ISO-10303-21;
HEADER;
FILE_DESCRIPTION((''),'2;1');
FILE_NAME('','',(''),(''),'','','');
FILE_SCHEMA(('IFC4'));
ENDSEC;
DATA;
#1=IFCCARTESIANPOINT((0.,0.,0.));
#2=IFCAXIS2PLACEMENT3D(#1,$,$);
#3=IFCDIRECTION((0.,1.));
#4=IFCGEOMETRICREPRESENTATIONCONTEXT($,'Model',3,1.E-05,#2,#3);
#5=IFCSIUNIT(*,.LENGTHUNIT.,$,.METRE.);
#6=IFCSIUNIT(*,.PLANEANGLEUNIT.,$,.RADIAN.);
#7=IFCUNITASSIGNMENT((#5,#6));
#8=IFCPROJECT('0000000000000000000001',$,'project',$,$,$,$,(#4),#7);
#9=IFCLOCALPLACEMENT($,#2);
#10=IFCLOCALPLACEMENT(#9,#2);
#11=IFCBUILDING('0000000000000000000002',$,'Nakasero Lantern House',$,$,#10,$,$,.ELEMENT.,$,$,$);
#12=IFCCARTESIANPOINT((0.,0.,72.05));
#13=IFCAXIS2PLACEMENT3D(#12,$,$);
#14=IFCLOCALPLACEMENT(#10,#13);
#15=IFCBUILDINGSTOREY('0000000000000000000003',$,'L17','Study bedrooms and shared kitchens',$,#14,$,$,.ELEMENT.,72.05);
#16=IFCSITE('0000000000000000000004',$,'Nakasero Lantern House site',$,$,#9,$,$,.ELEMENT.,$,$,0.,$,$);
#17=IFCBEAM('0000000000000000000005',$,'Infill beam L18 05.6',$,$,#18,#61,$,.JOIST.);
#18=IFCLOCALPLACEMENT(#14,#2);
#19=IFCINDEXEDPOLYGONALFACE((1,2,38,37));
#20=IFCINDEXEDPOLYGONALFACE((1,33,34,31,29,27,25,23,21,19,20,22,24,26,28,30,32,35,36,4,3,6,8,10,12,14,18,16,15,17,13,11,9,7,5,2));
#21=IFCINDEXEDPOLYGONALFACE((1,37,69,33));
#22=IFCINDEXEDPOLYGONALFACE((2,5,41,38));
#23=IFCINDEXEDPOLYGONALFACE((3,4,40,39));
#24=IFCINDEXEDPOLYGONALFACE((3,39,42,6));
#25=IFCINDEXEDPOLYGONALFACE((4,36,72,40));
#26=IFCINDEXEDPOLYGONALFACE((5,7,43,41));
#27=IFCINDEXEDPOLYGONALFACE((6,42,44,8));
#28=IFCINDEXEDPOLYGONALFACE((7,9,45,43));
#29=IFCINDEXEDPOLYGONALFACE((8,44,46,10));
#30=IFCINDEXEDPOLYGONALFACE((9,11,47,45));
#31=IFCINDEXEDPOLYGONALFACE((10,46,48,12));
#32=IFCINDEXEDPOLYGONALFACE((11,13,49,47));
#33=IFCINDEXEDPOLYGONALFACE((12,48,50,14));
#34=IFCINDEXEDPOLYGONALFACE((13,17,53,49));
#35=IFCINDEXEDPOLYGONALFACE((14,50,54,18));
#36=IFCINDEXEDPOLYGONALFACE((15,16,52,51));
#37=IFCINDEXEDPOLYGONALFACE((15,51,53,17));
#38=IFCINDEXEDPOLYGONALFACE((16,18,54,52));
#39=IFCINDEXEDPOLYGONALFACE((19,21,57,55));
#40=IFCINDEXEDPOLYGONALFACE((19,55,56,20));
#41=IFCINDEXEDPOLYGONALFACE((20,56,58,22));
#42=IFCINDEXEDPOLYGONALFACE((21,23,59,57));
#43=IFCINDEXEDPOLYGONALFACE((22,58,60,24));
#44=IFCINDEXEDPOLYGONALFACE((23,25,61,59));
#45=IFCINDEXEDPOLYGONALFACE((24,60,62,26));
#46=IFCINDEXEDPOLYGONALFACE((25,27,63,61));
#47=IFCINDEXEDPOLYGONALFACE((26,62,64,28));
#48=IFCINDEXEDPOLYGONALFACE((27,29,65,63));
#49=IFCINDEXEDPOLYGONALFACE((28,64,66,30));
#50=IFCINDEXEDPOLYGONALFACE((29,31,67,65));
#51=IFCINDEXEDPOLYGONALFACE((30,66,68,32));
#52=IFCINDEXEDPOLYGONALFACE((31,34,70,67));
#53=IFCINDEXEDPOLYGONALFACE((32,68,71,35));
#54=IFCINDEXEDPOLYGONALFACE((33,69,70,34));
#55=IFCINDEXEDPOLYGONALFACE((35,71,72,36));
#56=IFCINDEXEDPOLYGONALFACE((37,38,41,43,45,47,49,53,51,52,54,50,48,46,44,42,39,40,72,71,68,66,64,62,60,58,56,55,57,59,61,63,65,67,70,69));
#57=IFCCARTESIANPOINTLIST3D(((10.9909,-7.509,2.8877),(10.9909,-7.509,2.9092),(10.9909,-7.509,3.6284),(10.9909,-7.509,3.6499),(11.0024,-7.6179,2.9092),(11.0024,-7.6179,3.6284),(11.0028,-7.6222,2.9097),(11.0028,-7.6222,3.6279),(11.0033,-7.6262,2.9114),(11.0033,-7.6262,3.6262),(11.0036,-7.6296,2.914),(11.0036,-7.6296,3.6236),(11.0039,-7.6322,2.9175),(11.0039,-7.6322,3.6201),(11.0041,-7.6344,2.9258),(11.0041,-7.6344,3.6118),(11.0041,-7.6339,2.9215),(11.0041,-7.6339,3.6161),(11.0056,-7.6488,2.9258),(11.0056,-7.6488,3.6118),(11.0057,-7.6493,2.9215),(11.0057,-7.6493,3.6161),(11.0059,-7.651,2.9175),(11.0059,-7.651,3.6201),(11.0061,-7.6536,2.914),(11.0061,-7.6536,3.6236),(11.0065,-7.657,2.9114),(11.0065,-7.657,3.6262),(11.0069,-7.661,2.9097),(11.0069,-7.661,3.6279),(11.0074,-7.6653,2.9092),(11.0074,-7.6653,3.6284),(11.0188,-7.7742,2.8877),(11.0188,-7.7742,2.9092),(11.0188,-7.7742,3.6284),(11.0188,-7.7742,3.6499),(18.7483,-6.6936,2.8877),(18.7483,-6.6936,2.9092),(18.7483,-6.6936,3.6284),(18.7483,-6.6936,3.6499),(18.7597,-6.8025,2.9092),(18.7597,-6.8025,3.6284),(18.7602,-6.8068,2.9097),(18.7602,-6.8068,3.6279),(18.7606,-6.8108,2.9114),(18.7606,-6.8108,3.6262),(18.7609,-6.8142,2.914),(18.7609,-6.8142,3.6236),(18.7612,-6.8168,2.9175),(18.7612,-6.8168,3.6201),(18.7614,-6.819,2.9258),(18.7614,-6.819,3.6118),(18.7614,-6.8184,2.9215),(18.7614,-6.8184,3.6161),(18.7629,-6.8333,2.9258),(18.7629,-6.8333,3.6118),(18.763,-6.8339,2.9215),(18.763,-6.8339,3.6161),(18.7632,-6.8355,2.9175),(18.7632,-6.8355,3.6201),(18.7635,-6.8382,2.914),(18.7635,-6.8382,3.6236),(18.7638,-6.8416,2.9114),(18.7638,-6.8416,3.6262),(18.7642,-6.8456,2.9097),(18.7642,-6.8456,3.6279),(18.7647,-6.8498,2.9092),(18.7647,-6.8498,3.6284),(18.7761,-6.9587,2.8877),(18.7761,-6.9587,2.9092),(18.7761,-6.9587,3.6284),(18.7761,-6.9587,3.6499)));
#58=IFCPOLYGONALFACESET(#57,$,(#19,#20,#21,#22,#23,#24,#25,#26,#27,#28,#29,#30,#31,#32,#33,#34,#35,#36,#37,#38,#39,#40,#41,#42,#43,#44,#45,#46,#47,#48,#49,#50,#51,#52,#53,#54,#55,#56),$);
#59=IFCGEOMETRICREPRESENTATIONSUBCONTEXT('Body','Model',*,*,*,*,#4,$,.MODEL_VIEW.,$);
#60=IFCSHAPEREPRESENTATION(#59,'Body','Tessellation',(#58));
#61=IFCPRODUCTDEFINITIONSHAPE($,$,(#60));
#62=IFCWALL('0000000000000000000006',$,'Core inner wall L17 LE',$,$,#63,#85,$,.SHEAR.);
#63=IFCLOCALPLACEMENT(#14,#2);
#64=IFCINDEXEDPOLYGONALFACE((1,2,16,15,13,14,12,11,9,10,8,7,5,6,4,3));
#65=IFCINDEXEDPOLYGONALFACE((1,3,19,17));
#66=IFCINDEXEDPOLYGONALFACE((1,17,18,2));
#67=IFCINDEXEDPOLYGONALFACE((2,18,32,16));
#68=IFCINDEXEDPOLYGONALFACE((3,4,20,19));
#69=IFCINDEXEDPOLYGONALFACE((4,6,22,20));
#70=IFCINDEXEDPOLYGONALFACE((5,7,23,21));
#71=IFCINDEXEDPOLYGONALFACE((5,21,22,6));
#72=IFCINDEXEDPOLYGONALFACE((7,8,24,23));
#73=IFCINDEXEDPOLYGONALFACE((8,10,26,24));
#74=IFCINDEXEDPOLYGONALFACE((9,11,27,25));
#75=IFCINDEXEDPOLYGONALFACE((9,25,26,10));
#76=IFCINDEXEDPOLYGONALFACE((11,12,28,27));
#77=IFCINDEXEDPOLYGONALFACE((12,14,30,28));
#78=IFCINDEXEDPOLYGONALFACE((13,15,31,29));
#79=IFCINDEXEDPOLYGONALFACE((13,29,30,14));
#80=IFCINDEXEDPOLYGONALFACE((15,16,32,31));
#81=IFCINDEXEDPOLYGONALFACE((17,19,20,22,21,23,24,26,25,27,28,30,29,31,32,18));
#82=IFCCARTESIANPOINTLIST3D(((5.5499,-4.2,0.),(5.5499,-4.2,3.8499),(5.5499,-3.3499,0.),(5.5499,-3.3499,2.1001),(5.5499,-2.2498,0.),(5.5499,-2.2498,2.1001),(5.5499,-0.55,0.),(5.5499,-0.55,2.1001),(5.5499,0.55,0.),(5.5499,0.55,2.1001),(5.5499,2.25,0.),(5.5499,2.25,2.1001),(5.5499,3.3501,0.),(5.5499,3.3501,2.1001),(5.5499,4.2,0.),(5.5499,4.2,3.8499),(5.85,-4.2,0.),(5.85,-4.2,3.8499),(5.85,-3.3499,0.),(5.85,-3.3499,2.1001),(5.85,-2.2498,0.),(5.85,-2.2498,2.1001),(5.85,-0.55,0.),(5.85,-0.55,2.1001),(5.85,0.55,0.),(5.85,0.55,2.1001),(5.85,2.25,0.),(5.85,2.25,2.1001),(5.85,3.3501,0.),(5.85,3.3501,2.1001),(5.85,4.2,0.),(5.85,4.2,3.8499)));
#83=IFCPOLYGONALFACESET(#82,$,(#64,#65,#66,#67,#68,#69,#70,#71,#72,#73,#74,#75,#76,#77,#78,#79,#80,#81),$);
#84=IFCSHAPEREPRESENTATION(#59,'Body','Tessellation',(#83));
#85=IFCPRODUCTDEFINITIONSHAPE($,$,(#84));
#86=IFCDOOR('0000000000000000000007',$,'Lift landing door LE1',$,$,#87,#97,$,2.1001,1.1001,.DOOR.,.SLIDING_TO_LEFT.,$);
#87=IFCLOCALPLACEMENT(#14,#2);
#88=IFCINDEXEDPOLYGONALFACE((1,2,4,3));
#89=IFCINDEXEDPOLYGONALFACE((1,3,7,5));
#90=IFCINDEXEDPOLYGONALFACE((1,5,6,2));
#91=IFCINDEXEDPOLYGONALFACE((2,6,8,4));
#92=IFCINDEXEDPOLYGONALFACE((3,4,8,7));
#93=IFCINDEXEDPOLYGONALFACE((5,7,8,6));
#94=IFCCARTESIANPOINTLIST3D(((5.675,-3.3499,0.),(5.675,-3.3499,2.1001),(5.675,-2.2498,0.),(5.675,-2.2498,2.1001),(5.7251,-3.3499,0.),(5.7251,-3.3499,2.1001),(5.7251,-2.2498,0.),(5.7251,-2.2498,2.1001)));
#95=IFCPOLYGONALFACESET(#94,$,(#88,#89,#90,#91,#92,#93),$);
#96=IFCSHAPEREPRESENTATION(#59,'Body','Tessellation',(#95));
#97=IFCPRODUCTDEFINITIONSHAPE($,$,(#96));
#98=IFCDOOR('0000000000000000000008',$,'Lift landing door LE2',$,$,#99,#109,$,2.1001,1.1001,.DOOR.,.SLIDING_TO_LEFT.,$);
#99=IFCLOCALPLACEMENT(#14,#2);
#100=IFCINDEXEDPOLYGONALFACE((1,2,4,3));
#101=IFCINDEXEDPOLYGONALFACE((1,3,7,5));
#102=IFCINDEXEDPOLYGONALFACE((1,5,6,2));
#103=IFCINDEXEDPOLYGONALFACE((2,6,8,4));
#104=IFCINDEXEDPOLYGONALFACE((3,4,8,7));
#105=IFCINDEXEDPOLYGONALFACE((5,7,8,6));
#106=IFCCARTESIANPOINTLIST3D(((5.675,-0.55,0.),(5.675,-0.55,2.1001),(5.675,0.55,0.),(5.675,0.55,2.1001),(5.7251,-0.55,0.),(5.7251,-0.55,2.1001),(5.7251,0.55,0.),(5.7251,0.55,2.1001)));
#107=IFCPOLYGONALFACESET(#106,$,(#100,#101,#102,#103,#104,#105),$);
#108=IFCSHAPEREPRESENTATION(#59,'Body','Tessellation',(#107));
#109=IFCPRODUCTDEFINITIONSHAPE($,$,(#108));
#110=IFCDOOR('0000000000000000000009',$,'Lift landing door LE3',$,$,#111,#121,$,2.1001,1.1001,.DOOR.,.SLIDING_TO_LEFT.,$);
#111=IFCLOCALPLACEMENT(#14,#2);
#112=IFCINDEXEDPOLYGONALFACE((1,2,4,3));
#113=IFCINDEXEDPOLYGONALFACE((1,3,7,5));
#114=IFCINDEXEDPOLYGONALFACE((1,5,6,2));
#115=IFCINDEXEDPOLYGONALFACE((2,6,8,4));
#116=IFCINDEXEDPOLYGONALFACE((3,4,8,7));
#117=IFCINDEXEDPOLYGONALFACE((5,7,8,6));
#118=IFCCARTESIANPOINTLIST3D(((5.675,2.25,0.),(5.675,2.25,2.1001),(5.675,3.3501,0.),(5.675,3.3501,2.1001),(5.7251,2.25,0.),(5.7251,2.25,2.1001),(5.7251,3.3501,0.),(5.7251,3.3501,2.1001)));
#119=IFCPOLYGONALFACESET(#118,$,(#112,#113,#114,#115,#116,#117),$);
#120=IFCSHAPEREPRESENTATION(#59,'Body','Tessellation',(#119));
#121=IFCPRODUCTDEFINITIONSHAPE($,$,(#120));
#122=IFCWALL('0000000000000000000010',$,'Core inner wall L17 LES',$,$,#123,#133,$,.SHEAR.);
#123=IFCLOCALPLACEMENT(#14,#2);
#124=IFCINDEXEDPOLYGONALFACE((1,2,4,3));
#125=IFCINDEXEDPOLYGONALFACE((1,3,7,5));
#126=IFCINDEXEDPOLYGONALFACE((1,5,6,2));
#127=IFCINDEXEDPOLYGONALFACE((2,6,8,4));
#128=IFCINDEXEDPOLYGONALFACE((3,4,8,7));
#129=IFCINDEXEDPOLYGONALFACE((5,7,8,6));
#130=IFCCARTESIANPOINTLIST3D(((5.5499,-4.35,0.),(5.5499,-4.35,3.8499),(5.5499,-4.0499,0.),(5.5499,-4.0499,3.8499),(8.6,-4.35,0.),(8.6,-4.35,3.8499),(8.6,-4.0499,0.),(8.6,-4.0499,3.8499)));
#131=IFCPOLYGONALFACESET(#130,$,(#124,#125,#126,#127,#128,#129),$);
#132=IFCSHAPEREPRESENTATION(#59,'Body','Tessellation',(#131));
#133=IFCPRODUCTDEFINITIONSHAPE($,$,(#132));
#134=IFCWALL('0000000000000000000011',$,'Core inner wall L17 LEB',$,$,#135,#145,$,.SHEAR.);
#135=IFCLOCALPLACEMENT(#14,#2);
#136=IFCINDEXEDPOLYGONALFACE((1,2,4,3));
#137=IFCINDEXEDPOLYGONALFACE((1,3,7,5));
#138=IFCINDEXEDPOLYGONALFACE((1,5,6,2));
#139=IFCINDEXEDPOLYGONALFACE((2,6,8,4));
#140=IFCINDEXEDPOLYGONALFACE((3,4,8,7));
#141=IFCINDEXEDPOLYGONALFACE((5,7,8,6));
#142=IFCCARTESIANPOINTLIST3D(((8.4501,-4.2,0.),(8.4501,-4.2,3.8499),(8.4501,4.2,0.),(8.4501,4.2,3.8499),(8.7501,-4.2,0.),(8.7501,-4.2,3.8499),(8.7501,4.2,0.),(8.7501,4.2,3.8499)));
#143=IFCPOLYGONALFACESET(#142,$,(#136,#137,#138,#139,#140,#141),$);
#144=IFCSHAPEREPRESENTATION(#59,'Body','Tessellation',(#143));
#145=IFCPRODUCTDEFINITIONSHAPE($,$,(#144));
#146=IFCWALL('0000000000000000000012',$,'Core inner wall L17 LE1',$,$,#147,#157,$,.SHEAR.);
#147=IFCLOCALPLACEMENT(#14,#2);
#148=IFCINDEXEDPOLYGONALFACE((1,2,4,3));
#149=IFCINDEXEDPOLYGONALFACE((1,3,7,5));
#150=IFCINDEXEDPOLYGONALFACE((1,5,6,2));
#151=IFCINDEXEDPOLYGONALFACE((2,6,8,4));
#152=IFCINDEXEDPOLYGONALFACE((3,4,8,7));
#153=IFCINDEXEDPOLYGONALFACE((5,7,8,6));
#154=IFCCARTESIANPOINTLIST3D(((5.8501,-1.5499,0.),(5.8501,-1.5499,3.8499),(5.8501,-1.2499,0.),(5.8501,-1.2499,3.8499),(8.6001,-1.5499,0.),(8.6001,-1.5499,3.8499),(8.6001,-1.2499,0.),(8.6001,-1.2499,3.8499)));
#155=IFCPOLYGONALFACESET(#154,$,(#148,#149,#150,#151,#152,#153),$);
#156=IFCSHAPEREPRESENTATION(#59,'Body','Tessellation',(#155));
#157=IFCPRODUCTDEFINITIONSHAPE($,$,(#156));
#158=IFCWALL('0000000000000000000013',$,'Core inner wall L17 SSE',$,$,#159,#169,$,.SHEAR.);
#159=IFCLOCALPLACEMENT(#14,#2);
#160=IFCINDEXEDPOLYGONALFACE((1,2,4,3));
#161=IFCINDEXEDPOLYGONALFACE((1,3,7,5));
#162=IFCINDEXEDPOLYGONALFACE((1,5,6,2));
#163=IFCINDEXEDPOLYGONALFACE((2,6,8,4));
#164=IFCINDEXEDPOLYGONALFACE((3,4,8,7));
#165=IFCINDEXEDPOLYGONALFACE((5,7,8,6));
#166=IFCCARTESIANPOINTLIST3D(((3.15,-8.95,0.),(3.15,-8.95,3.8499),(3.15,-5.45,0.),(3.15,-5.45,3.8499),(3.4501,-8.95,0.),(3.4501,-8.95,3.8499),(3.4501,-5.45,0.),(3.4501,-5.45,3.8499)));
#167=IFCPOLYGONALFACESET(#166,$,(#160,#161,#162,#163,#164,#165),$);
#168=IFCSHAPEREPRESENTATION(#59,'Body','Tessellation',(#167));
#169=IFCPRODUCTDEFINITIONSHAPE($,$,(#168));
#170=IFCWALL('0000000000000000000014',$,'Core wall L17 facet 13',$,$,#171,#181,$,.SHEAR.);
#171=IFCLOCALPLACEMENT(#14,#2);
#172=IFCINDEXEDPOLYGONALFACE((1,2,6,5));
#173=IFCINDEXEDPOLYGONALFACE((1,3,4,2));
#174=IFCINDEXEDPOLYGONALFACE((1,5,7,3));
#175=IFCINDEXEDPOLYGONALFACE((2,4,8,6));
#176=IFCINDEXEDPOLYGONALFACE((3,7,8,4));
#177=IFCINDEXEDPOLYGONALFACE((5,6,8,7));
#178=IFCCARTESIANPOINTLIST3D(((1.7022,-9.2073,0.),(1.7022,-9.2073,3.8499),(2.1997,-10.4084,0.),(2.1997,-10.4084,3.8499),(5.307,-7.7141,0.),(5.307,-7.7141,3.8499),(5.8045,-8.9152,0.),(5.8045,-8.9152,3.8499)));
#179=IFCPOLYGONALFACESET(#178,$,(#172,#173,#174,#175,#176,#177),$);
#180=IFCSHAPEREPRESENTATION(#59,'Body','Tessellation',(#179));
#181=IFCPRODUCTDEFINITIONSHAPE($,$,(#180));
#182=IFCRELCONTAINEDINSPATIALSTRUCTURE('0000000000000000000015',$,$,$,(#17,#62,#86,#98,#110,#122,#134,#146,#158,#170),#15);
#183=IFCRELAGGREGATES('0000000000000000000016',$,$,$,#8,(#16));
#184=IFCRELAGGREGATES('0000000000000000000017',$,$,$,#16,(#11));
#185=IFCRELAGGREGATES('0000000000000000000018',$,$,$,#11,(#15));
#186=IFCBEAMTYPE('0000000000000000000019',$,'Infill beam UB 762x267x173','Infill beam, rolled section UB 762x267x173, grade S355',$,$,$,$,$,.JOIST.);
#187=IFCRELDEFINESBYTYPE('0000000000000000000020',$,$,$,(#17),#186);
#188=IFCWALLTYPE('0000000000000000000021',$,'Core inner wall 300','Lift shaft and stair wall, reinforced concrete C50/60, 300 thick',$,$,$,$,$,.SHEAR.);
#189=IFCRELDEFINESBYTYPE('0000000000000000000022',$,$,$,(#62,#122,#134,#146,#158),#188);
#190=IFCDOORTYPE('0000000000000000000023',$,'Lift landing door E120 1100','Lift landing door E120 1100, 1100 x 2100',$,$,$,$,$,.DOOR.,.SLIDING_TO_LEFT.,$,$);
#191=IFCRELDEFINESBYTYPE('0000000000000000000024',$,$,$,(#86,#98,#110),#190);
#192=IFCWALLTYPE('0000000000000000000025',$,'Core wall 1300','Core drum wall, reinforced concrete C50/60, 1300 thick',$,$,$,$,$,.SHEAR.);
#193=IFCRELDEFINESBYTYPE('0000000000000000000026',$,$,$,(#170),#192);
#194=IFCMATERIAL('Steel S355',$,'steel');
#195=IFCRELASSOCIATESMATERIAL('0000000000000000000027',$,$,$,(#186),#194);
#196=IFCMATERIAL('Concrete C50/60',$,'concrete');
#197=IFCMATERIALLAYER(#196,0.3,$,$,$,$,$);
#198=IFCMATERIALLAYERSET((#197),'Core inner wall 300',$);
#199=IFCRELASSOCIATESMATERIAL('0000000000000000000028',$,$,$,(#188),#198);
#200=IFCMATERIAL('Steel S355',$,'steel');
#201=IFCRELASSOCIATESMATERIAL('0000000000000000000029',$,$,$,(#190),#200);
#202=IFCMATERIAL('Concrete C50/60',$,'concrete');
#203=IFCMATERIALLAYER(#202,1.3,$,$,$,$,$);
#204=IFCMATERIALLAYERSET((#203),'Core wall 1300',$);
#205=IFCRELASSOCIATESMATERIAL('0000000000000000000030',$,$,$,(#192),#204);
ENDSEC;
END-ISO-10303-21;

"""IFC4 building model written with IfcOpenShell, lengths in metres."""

from ifc_helpers import new_model, si_unit, direction, frame, frame_2d, origin, origin_2d, place, context, subcontext, project, spatial, rectangle, i_section, extrude, material, layer, layer_set, material_profile, profile_set, type_object, element, fill, save


model = new_model("IFC4")

# Units and contexts
model_context = context("Model", 3, precision=1e-05, world=origin(), true_north=direction((0.0, 1.0)))
body_context = subcontext(model_context, "Body", "Model", "MODEL_VIEW")
ifc_project = project(units=[si_unit("LENGTHUNIT", "METRE"), si_unit("PLANEANGLEUNIT", "RADIAN")], contexts=[model_context])

# Site, building, storey
site_placement = place(None, origin())
site = spatial("IfcSite", under=ifc_project, at=site_placement, Name="Nakasero Lantern House site", CompositionType="ELEMENT", RefElevation=0.0)
building_placement = place(site_placement, origin())
building = spatial("IfcBuilding", under=site, at=building_placement, Name="Nakasero Lantern House", CompositionType="ELEMENT")
storey_placement = place(building_placement, frame((0.0, 0.0, 72.05)))
storey = spatial("IfcBuildingStorey", under=building, at=storey_placement, Name="L17", Description="Study bedrooms and shared kitchens", CompositionType="ELEMENT", Elevation=72.05)

# Beam
ifc_material_1 = material(Name="Steel S355", Category="steel")
ifc_material_profile_1 = material_profile(ifc_material_1, i_section(OverallWidth=0.2666, OverallDepth=0.7622, WebThickness=0.0144, FlangeThickness=0.0215, FilletRadius=0.0166, at=origin_2d()), Name="UB 762x267x173")
ifc_profile_set_1 = profile_set([ifc_material_profile_1], Name="Steel S355")
beam_type_1 = type_object("IfcBeamType", Name="Infill beam UB 762x267x173", Description="Infill beam, rolled section UB 762x267x173, grade S355", PredefinedType="JOIST", material=ifc_profile_set_1)
beam_1_placement = place(storey_placement, frame((11.0049, -7.6416, 3.2688), z_axis=(0.994521, 0.104541, 0.0), x_axis=(-0.104541, 0.994521, 0.0)))
element("IfcBeam", 1, at=beam_1_placement, inside=storey, type_object=beam_type_1, Name="Infill beam L18 05.6", PredefinedType="JOIST", context=body_context, shape_type="SweptSolid", body=[
    extrude(i_section(OverallWidth=0.2666, OverallDepth=0.7622, WebThickness=0.0144, FlangeThickness=0.0215, FilletRadius=0.0166, at=origin_2d()), origin(), (0.0, 0.0, 1.0), 7.8),
])

# Wall, openings, doors
ifc_material_2 = material(Name="Concrete C50/60", Category="concrete")
ifc_layer_1 = layer(ifc_material_2, 0.3)
ifc_layer_set_1 = layer_set([ifc_layer_1], Name="Core inner wall 300")
wall_type_1 = type_object("IfcWallType", Name="Core inner wall 300", Description="Lift shaft and stair wall, reinforced concrete C50/60, 300 thick", PredefinedType="SHEAR", material=ifc_layer_set_1)
wall_1_placement = place(storey_placement, frame((5.7, -4.2, 0.0), z_axis=(0.0, 0.0, 1.0), x_axis=(0.0, 1.0, 0.0)))
wall_1 = element("IfcWall", 2, at=wall_1_placement, inside=storey, type_object=wall_type_1, Name="Core inner wall L17 LE", PredefinedType="SHEAR", context=body_context, shape_type="SweptSolid", body=[
    extrude(rectangle(XDim=8.3999, YDim=0.3, at=frame_2d((4.2, 0.0))), origin(), (0.0, 0.0, 1.0), 3.8499),
])
opening_1_placement = place(wall_1_placement, frame((0.8501, 0.0, 0.0)))
opening_1 = element("IfcOpeningElement", 3, at=opening_1_placement, cuts=wall_1, PredefinedType="OPENING", context=body_context, shape_type="SweptSolid", body=[
    extrude(rectangle(XDim=1.1001, YDim=2.1001, at=frame_2d((0.55, 1.05))), frame((0.0, 0.1699, 0.0), z_axis=(0.0, -1.0, 0.0), x_axis=(1.0, 0.0, 0.0)), (0.0, 0.0, 1.0), 0.3401),
])
opening_2_placement = place(wall_1_placement, frame((3.6499, 0.0, 0.0)))
opening_2 = element("IfcOpeningElement", 4, at=opening_2_placement, cuts=wall_1, PredefinedType="OPENING", context=body_context, shape_type="SweptSolid", body=[
    extrude(rectangle(XDim=1.1001, YDim=2.1001, at=frame_2d((0.55, 1.05))), frame((0.0, 0.1699, 0.0), z_axis=(0.0, -1.0, 0.0), x_axis=(1.0, 0.0, 0.0)), (0.0, 0.0, 1.0), 0.3401),
])
opening_3_placement = place(wall_1_placement, frame((6.45, 0.0, 0.0)))
opening_3 = element("IfcOpeningElement", 5, at=opening_3_placement, cuts=wall_1, PredefinedType="OPENING", context=body_context, shape_type="SweptSolid", body=[
    extrude(rectangle(XDim=1.1001, YDim=2.1001, at=frame_2d((0.55, 1.05))), frame((0.0, 0.1699, 0.0), z_axis=(0.0, -1.0, 0.0), x_axis=(1.0, 0.0, 0.0)), (0.0, 0.0, 1.0), 0.3401),
])
ifc_material_3 = material(Name="Steel S355", Category="steel")
door_type_1 = type_object("IfcDoorType", Name="Lift landing door E120 1100", Description="Lift landing door E120 1100, 1100 x 2100", OperationType="SLIDING_TO_LEFT", PredefinedType="DOOR", material=ifc_material_3)
door_1_placement = place(opening_1_placement, origin())
door_1 = element("IfcDoor", 6, at=door_1_placement, inside=storey, type_object=door_type_1, Name="Lift landing door LE1", OperationType="SLIDING_TO_LEFT", OverallHeight=2.1001, OverallWidth=1.1001, PredefinedType="DOOR", context=body_context, shape_type="SweptSolid", body=[
    extrude(rectangle(XDim=1.1001, YDim=2.1001, at=frame_2d((0.55, 1.05))), frame((0.0, 0.0249, 0.0), z_axis=(0.0, -1.0, 0.0), x_axis=(1.0, 0.0, 0.0)), (0.0, 0.0, 1.0), 0.05),
])
fill(opening_1, door_1)
door_2_placement = place(opening_2_placement, origin())
door_2 = element("IfcDoor", 7, at=door_2_placement, inside=storey, type_object=door_type_1, Name="Lift landing door LE2", OperationType="SLIDING_TO_LEFT", OverallHeight=2.1001, OverallWidth=1.1001, PredefinedType="DOOR", context=body_context, shape_type="SweptSolid", body=[
    extrude(rectangle(XDim=1.1001, YDim=2.1001, at=frame_2d((0.55, 1.05))), frame((0.0, 0.0249, 0.0), z_axis=(0.0, -1.0, 0.0), x_axis=(1.0, 0.0, 0.0)), (0.0, 0.0, 1.0), 0.05),
])
fill(opening_2, door_2)
door_3_placement = place(opening_3_placement, origin())
door_3 = element("IfcDoor", 8, at=door_3_placement, inside=storey, type_object=door_type_1, Name="Lift landing door LE3", OperationType="SLIDING_TO_LEFT", OverallHeight=2.1001, OverallWidth=1.1001, PredefinedType="DOOR", context=body_context, shape_type="SweptSolid", body=[
    extrude(rectangle(XDim=1.1001, YDim=2.1001, at=frame_2d((0.55, 1.05))), frame((0.0, 0.0249, 0.0), z_axis=(0.0, -1.0, 0.0), x_axis=(1.0, 0.0, 0.0)), (0.0, 0.0, 1.0), 0.05),
])
fill(opening_3, door_3)

# Walls
wall_2_placement = place(storey_placement, frame((5.55, -4.2, 0.0), z_axis=(0.0, 0.0, 1.0), x_axis=(1.0, 0.0, 0.0)))
element("IfcWall", 9, at=wall_2_placement, inside=storey, type_object=wall_type_1, Name="Core inner wall L17 LES", PredefinedType="SHEAR", context=body_context, shape_type="SweptSolid", body=[
    extrude(rectangle(XDim=3.05, YDim=0.3, at=frame_2d((1.5249, 0.0))), origin(), (0.0, 0.0, 1.0), 3.8499),
])
wall_3_placement = place(storey_placement, frame((8.6001, -4.2, 0.0), z_axis=(0.0, 0.0, 1.0), x_axis=(0.0, 1.0, 0.0)))
element("IfcWall", 10, at=wall_3_placement, inside=storey, type_object=wall_type_1, Name="Core inner wall L17 LEB", PredefinedType="SHEAR", context=body_context, shape_type="SweptSolid", body=[
    extrude(rectangle(XDim=8.3999, YDim=0.3, at=frame_2d((4.2, 0.0))), origin(), (0.0, 0.0, 1.0), 3.8499),
])
wall_4_placement = place(storey_placement, frame((5.8501, -1.3999, 0.0), z_axis=(0.0, 0.0, 1.0), x_axis=(1.0, 0.0, 0.0)))
element("IfcWall", 11, at=wall_4_placement, inside=storey, type_object=wall_type_1, Name="Core inner wall L17 LE1", PredefinedType="SHEAR", context=body_context, shape_type="SweptSolid", body=[
    extrude(rectangle(XDim=2.75, YDim=0.3, at=frame_2d((1.375, 0.0))), origin(), (0.0, 0.0, 1.0), 3.8499),
])
wall_5_placement = place(storey_placement, frame((3.3, -5.45, 0.0), z_axis=(0.0, 0.0, 1.0), x_axis=(0.0, -1.0, 0.0)))
element("IfcWall", 12, at=wall_5_placement, inside=storey, type_object=wall_type_1, Name="Core inner wall L17 SSE", PredefinedType="SHEAR", context=body_context, shape_type="SweptSolid", body=[
    extrude(rectangle(XDim=3.5, YDim=0.3, at=frame_2d((1.75, 0.0))), origin(), (0.0, 0.0, 1.0), 3.8499),
])
ifc_material_4 = material(Name="Concrete C50/60", Category="concrete")
ifc_layer_2 = layer(ifc_material_4, 1.3)
ifc_layer_set_2 = layer_set([ifc_layer_2], Name="Core wall 1300")
wall_type_2 = type_object("IfcWallType", Name="Core wall 1300", Description="Core drum wall, reinforced concrete C50/60, 1300 thick", PredefinedType="SHEAR", material=ifc_layer_set_2)
wall_6_placement = place(storey_placement, frame((1.9509, -9.8079, 0.0), z_axis=(0.0, 0.0, 1.0), x_axis=(0.923877, 0.382691, 0.0)))
element("IfcWall", 13, at=wall_6_placement, inside=storey, type_object=wall_type_2, Name="Core wall L17 facet 13", PredefinedType="SHEAR", context=body_context, shape_type="SweptSolid", body=[
    extrude(rectangle(XDim=3.9019, YDim=1.3, at=frame_2d((1.9509, 0.0))), origin(), (0.0, 0.0, 1.0), 3.8499),
])

save(model, "model.ifc")
